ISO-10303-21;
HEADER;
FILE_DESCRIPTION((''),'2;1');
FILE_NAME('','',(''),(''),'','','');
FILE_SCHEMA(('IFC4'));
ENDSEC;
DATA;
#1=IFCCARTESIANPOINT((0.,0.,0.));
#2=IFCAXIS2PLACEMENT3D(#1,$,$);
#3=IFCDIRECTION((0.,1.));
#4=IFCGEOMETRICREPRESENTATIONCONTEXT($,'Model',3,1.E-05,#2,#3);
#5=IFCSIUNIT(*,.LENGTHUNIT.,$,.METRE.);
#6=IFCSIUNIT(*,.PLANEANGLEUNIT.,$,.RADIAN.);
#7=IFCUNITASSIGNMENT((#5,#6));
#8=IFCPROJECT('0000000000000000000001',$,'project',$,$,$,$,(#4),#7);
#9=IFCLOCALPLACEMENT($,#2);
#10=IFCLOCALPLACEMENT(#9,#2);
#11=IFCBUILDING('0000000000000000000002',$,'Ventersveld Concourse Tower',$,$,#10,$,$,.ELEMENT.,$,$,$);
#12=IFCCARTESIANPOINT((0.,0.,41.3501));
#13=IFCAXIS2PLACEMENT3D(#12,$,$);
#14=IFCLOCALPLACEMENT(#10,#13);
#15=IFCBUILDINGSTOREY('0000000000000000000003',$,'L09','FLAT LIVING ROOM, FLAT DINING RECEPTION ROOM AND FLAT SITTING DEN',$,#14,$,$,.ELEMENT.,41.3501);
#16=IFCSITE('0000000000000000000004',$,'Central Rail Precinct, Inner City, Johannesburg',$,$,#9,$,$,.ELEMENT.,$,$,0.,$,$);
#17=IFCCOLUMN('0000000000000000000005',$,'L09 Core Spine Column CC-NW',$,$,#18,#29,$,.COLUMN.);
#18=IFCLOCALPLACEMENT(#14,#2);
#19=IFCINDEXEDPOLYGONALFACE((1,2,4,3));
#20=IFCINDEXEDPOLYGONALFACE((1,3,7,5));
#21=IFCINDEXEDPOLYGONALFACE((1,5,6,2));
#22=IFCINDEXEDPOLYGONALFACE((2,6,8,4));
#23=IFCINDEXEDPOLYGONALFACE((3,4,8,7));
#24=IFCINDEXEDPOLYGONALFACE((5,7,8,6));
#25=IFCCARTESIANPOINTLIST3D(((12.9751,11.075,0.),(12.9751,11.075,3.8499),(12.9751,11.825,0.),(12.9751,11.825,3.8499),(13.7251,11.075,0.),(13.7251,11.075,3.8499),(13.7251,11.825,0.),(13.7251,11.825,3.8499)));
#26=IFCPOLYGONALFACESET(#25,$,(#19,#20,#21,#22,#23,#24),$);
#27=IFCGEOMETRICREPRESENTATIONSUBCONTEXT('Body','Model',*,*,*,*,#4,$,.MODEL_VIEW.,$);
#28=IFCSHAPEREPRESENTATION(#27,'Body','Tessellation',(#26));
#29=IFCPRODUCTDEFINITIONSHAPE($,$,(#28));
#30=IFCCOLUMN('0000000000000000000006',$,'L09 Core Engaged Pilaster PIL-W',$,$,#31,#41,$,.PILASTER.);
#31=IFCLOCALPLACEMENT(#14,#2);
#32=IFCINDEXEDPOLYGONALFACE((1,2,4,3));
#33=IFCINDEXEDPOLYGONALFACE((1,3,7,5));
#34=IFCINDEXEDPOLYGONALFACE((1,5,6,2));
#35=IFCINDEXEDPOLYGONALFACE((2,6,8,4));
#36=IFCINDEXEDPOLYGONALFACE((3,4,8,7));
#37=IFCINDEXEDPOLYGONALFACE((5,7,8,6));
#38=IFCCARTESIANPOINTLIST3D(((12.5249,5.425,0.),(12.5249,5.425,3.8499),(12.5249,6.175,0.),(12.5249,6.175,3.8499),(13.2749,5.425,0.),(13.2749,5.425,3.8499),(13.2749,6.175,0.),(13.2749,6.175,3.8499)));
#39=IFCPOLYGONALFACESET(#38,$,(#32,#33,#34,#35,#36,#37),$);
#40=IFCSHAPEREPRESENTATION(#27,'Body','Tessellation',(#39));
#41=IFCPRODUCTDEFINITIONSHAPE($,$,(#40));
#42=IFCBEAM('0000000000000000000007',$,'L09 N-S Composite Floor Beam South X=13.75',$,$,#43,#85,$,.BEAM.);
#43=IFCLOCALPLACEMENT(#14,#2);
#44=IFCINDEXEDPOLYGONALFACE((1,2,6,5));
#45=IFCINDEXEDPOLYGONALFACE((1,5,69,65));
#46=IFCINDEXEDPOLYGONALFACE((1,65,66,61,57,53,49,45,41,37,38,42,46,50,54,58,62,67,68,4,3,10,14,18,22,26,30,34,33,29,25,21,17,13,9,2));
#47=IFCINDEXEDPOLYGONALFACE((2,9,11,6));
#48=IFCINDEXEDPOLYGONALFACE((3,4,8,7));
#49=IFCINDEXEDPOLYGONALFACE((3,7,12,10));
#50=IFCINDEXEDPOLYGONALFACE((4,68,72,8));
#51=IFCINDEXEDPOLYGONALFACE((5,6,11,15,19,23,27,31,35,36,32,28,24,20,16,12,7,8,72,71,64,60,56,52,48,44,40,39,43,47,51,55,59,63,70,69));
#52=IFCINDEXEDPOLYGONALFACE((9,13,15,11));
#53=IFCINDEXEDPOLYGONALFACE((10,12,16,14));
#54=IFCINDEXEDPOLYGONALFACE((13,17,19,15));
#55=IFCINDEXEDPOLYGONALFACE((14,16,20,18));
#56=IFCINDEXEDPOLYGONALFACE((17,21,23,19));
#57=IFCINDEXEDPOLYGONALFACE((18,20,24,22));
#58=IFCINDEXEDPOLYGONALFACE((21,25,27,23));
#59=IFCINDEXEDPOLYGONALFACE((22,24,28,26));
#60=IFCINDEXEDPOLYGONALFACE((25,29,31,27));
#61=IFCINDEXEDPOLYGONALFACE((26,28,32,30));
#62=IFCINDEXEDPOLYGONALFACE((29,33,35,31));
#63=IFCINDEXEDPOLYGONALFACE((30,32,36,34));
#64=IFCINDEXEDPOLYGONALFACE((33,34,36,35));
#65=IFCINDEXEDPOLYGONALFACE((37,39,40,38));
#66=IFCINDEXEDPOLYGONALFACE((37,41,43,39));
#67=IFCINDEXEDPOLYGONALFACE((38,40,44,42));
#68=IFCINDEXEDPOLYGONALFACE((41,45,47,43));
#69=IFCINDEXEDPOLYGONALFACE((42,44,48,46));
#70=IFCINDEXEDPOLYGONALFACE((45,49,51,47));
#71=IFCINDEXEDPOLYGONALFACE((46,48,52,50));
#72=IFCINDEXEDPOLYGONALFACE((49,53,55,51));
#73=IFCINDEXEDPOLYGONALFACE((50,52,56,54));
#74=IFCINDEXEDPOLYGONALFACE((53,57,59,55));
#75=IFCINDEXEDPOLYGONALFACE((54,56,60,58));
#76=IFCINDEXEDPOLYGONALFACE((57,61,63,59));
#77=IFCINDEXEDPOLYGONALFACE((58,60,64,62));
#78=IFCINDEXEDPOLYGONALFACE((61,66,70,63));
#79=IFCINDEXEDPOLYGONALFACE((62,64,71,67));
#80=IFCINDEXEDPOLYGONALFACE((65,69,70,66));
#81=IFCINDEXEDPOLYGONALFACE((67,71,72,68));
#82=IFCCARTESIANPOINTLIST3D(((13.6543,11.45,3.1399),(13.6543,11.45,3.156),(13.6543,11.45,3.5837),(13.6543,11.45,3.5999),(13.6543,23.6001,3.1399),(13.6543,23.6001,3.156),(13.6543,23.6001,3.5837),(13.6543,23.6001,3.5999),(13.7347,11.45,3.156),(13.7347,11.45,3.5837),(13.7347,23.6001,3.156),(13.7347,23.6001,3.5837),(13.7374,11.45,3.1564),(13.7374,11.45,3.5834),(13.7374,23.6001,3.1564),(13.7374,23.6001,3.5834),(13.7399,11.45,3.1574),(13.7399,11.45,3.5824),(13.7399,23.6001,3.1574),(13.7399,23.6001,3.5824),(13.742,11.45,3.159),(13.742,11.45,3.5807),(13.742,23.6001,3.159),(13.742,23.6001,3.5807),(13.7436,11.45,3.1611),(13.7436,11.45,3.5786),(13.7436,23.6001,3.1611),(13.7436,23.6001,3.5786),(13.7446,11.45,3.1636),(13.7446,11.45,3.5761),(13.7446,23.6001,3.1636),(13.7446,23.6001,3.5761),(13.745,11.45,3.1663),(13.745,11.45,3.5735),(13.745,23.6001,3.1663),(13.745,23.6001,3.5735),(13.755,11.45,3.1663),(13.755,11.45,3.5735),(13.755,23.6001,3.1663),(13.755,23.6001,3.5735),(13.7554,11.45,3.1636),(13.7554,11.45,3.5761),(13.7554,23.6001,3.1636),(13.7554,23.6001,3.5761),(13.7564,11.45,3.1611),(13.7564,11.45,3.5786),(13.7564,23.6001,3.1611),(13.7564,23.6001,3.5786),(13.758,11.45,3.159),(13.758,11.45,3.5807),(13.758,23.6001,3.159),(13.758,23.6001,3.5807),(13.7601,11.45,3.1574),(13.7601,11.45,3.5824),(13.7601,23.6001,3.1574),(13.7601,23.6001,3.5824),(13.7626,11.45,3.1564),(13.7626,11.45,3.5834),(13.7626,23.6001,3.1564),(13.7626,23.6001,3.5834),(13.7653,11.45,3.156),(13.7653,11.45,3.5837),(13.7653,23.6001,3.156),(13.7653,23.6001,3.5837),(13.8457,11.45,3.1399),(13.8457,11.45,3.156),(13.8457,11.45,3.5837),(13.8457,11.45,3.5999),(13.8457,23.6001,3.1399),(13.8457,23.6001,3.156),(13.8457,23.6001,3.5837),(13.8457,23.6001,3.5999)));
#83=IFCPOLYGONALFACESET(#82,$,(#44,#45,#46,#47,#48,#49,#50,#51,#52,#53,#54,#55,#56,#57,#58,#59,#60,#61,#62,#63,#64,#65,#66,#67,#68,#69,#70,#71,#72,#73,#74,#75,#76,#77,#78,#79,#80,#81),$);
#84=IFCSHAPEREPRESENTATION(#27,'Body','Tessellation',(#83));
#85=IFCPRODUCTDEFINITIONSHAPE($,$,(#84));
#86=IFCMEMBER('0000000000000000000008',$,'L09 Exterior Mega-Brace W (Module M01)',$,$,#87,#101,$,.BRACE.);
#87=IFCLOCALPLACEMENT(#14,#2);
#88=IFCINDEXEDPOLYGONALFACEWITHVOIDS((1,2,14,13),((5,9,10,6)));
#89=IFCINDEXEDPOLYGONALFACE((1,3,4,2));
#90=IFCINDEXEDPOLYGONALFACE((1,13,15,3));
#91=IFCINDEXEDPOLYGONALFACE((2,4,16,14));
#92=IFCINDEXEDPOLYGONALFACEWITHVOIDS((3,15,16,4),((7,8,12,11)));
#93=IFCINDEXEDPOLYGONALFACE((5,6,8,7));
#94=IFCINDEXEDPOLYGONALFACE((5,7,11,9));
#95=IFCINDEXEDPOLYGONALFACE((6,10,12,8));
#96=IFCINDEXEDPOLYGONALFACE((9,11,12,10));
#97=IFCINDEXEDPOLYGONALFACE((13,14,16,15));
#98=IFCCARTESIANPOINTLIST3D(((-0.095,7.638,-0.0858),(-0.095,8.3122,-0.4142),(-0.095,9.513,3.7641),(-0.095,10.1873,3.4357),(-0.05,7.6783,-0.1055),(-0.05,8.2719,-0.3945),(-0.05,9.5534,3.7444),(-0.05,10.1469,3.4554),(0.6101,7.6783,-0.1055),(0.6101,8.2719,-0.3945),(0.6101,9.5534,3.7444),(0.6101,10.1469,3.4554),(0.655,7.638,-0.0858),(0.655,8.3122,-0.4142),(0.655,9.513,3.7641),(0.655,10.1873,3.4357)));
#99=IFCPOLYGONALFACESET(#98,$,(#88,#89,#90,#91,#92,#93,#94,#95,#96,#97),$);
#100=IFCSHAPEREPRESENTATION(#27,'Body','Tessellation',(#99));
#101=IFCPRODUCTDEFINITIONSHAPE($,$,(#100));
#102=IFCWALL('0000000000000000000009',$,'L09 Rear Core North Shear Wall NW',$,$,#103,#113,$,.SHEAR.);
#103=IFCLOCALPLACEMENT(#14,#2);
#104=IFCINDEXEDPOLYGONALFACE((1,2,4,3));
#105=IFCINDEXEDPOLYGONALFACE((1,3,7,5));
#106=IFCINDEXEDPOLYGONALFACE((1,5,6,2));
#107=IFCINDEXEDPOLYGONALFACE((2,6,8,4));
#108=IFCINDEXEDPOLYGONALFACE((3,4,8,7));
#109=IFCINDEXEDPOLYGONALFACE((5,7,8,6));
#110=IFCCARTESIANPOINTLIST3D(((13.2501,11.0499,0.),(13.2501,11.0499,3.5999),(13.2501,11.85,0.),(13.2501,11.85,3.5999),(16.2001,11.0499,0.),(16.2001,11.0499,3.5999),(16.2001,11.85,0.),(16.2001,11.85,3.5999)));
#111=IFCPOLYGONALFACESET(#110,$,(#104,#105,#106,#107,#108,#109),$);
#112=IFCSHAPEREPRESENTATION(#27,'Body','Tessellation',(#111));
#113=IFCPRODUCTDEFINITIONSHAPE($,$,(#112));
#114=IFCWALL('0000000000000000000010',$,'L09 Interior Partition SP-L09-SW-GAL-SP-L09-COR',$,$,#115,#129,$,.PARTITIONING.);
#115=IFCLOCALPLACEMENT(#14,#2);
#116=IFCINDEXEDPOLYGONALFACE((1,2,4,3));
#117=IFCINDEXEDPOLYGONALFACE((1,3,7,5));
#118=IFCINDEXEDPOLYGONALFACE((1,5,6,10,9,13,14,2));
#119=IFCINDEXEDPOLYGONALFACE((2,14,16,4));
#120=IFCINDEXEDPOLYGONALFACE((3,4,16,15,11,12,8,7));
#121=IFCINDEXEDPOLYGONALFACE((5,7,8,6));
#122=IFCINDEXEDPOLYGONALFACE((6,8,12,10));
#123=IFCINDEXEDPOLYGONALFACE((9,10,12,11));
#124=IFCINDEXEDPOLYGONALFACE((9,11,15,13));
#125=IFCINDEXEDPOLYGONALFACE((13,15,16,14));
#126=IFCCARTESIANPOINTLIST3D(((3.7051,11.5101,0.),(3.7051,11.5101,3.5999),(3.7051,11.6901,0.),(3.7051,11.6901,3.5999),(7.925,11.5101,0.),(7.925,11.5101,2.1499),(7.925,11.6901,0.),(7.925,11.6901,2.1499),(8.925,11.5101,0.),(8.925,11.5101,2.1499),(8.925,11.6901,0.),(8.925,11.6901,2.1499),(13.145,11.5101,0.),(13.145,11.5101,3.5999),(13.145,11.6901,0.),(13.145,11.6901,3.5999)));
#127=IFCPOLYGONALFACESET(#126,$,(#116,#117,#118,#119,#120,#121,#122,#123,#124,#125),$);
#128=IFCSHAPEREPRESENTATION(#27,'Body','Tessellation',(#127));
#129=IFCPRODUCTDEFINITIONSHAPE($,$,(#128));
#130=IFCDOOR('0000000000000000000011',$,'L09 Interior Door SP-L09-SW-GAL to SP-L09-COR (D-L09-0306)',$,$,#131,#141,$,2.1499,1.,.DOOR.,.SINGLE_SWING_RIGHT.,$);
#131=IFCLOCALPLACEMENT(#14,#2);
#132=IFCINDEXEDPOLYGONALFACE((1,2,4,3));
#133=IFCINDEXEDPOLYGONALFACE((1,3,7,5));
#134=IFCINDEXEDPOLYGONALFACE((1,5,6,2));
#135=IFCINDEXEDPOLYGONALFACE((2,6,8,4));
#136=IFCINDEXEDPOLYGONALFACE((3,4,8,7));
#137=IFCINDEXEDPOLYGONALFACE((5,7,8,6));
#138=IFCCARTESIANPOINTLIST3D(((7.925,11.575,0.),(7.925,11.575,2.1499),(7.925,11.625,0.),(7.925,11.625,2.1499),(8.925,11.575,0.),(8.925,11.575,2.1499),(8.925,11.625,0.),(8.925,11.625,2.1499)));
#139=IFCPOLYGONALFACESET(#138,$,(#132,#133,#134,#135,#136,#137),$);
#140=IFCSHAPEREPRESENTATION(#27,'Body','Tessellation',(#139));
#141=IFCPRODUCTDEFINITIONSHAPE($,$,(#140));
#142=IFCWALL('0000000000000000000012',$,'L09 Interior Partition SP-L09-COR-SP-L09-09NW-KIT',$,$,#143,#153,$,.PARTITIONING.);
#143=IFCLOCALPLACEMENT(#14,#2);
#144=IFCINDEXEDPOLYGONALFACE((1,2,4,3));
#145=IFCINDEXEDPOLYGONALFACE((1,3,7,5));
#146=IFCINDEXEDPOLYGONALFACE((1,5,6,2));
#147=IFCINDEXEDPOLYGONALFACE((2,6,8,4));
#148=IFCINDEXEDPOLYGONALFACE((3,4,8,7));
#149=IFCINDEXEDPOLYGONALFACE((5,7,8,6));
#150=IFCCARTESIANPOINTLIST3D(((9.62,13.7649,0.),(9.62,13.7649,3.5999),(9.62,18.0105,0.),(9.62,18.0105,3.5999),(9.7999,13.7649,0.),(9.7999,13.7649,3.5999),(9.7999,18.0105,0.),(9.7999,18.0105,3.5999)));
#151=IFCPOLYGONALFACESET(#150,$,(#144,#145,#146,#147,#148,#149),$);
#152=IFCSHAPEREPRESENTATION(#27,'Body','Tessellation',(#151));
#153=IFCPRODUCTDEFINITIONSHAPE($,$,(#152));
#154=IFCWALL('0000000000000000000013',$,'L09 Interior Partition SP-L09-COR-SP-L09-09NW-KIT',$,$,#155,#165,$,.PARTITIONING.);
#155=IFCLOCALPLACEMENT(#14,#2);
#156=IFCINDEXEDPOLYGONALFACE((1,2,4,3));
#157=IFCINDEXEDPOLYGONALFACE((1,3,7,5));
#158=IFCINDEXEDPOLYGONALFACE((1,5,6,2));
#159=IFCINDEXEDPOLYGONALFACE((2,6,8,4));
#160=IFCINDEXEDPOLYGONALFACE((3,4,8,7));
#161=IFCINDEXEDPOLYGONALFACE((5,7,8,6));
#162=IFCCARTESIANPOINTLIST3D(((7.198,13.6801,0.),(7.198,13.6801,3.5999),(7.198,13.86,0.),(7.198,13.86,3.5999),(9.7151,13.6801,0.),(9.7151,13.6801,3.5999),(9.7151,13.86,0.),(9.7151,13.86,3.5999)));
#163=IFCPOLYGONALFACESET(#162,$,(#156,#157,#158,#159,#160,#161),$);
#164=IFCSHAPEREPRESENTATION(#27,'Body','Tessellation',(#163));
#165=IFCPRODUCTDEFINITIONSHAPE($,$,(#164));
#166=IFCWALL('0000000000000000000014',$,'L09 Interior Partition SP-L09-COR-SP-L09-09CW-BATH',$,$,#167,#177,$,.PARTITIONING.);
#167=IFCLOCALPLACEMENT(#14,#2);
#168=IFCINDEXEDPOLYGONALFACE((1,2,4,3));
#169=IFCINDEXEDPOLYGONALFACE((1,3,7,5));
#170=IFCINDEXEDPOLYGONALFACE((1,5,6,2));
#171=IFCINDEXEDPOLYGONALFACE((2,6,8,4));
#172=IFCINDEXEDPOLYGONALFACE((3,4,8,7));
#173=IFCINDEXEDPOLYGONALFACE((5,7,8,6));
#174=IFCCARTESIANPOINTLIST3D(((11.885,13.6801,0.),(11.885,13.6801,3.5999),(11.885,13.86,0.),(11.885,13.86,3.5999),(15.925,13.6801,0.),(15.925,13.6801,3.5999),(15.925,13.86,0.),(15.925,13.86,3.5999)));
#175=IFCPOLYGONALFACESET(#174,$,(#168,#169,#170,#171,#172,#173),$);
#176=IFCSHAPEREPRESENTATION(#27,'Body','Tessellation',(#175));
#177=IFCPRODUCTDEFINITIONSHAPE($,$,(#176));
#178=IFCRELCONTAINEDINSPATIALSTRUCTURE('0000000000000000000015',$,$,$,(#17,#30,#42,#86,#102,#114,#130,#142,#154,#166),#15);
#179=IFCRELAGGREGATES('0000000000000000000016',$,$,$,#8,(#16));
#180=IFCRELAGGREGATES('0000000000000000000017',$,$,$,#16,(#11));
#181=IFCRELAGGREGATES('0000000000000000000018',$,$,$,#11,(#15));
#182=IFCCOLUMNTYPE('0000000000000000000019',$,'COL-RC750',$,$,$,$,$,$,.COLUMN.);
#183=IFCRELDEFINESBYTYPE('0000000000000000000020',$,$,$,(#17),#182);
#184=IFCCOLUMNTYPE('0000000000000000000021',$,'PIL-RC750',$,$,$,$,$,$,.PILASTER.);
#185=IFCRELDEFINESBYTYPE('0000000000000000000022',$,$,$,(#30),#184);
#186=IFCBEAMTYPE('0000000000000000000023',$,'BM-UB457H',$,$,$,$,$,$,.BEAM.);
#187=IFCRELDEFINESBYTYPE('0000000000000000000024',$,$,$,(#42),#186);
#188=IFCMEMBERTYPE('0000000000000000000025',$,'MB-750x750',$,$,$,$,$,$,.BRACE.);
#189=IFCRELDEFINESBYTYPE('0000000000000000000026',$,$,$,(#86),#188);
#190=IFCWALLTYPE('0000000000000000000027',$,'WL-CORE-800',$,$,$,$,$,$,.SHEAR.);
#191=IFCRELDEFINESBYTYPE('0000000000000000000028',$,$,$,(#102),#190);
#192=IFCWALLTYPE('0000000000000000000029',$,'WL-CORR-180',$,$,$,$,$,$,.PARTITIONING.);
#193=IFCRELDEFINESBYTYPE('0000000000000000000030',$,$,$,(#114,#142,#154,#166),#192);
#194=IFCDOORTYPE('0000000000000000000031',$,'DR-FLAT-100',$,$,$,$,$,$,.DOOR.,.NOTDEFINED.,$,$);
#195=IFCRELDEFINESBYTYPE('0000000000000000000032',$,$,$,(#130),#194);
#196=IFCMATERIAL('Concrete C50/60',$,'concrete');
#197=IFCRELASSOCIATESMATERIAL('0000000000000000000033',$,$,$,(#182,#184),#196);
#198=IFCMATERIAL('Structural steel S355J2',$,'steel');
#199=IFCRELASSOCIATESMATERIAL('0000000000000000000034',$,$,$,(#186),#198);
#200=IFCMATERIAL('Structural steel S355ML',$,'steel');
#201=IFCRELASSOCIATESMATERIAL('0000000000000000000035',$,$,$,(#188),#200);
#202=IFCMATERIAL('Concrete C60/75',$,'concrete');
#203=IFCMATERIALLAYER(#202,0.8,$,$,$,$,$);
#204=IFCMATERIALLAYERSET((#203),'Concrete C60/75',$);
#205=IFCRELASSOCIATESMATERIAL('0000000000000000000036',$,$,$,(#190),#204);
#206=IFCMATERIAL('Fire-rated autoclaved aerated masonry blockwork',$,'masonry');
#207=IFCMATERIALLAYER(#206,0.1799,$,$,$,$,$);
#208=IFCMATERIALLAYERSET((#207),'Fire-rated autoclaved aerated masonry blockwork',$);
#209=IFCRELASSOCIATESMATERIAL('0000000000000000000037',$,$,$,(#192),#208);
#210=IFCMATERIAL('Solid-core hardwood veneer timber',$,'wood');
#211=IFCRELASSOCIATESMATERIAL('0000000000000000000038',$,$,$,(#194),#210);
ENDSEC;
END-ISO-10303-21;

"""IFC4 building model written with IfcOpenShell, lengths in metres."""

from ifc_helpers import new_model, si_unit, direction, frame, frame_2d, origin, origin_2d, place, context, subcontext, project, spatial, rectangle, hollow_rectangle, i_section, extrude, material, layer, layer_set, material_profile, profile_set, type_object, element, fill, save


model = new_model("IFC4")

# Units and contexts
model_context = context("Model", 3, precision=1e-05, world=origin(), true_north=direction((0.0, 1.0)))
body_context = subcontext(model_context, "Body", "Model", "MODEL_VIEW")
ifc_project = project(units=[si_unit("LENGTHUNIT", "METRE"), si_unit("PLANEANGLEUNIT", "RADIAN")], contexts=[model_context])

# Site, building, storey
site_placement = place(None, origin())
site = spatial("IfcSite", under=ifc_project, at=site_placement, Name="Central Rail Precinct, Inner City, Johannesburg", CompositionType="ELEMENT", RefElevation=0.0)
building_placement = place(site_placement, origin())
building = spatial("IfcBuilding", under=site, at=building_placement, Name="Ventersveld Concourse Tower", CompositionType="ELEMENT")
storey_placement = place(building_placement, frame((0.0, 0.0, 41.3501)))
storey = spatial("IfcBuildingStorey", under=building, at=storey_placement, Name="L09", Description="FLAT LIVING ROOM, FLAT DINING RECEPTION ROOM AND FLAT SITTING DEN", CompositionType="ELEMENT", Elevation=41.3501)

# Columns
ifc_material_1 = material(Name="Concrete C50/60", Category="concrete")
ifc_material_profile_1 = material_profile(ifc_material_1, rectangle(XDim=0.75, YDim=0.75, at=origin_2d()), Name="RC 750x750")
ifc_profile_set_1 = profile_set([ifc_material_profile_1], Name="Concrete C50/60")
column_type_1 = type_object("IfcColumnType", Name="COL-RC750", PredefinedType="COLUMN", material=ifc_profile_set_1)
column_1_placement = place(storey_placement, frame((13.3501, 11.45, 0.0), z_axis=(0.0, 0.0, 1.0), x_axis=(1.0, 0.0, 0.0)))
element("IfcColumn", 1, at=column_1_placement, inside=storey, type_object=column_type_1, Name="L09 Core Spine Column CC-NW", PredefinedType="COLUMN", context=body_context, shape_type="SweptSolid", body=[
    extrude(rectangle(XDim=0.75, YDim=0.75, at=origin_2d()), origin(), (0.0, 0.0, 1.0), 3.8499),
])
ifc_material_profile_2 = material_profile(ifc_material_1, rectangle(XDim=0.75, YDim=0.75, at=origin_2d()), Name="RC 750x750")
ifc_profile_set_2 = profile_set([ifc_material_profile_2], Name="Concrete C50/60")
column_type_2 = type_object("IfcColumnType", Name="PIL-RC750", PredefinedType="PILASTER", material=ifc_profile_set_2)
column_2_placement = place(storey_placement, frame((12.8999, 5.8, 0.0), z_axis=(0.0, 0.0, 1.0), x_axis=(1.0, 0.0, 0.0)))
element("IfcColumn", 2, at=column_2_placement, inside=storey, type_object=column_type_2, Name="L09 Core Engaged Pilaster PIL-W", PredefinedType="PILASTER", context=body_context, shape_type="SweptSolid", body=[
    extrude(rectangle(XDim=0.75, YDim=0.75, at=origin_2d()), origin(), (0.0, 0.0, 1.0), 3.8499),
])

# Beam
ifc_material_2 = material(Name="Structural steel S355J2", Category="steel")
ifc_material_profile_3 = material_profile(ifc_material_2, i_section(OverallWidth=0.1914, OverallDepth=0.46, WebThickness=0.01, FlangeThickness=0.0161, FilletRadius=0.0103, at=origin_2d()), Name="UB 457x191x82")
ifc_profile_set_3 = profile_set([ifc_material_profile_3], Name="Structural steel S355J2")
beam_type = type_object("IfcBeamType", Name="BM-UB457H", PredefinedType="BEAM", material=ifc_profile_set_3)
beam_placement = place(storey_placement, frame((13.75, 11.45, 3.3699), z_axis=(0.0, 1.0, 0.0), x_axis=(-1.0, 0.0, 0.0)))
element("IfcBeam", 3, at=beam_placement, inside=storey, type_object=beam_type, Name="L09 N-S Composite Floor Beam South X=13.75", PredefinedType="BEAM", context=body_context, shape_type="SweptSolid", body=[
    extrude(i_section(OverallWidth=0.1914, OverallDepth=0.46, WebThickness=0.01, FlangeThickness=0.0161, FilletRadius=0.0103, at=origin_2d()), origin(), (0.0, 0.0, 1.0), 12.1501),
])

# Member
ifc_material_3 = material(Name="Structural steel S355ML", Category="steel")
ifc_material_profile_4 = material_profile(ifc_material_3, hollow_rectangle(XDim=0.75, YDim=0.75, WallThickness=0.0449, at=origin_2d()), Name="BOX 750x750x45")
ifc_profile_set_4 = profile_set([ifc_material_profile_4], Name="Structural steel S355ML")
member_type = type_object("IfcMemberType", Name="MB-750x750", PredefinedType="BRACE", material=ifc_profile_set_4)
member_placement = place(storey_placement, frame((0.28, 7.9751, -0.25), z_axis=(0.0, 0.437862, 0.899042), x_axis=(-1.0, 0.0, 0.0)))
element("IfcMember", 4, at=member_placement, inside=storey, type_object=member_type, Name="L09 Exterior Mega-Brace W (Module M01)", PredefinedType="BRACE", context=body_context, shape_type="SweptSolid", body=[
    extrude(hollow_rectangle(XDim=0.75, YDim=0.75, WallThickness=0.0449, at=origin_2d()), origin(), (0.0, 0.0, 1.0), 4.2822),
])

# Wall
ifc_material_4 = material(Name="Concrete C60/75", Category="concrete")
ifc_layer_1 = layer(ifc_material_4, 0.8)
ifc_layer_set_1 = layer_set([ifc_layer_1], Name="Concrete C60/75")
wall_type_1 = type_object("IfcWallType", Name="WL-CORE-800", PredefinedType="SHEAR", material=ifc_layer_set_1)
wall_1_placement = place(storey_placement, frame((13.25, 11.45, 0.0), z_axis=(0.0, 0.0, 1.0), x_axis=(1.0, 0.0, 0.0)))
element("IfcWall", 5, at=wall_1_placement, inside=storey, type_object=wall_type_1, Name="L09 Rear Core North Shear Wall NW", PredefinedType="SHEAR", context=body_context, shape_type="SweptSolid", body=[
    extrude(rectangle(XDim=2.95, YDim=0.8, at=frame_2d((1.4751, 0.0))), origin(), (0.0, 0.0, 1.0), 3.5999),
])

# Wall, opening, door
ifc_material_5 = material(Name="Fire-rated autoclaved aerated masonry blockwork", Category="masonry")
ifc_layer_2 = layer(ifc_material_5, 0.1799)
ifc_layer_set_2 = layer_set([ifc_layer_2], Name="Fire-rated autoclaved aerated masonry blockwork")
wall_type_2 = type_object("IfcWallType", Name="WL-CORR-180", PredefinedType="PARTITIONING", material=ifc_layer_set_2)
wall_2_placement = place(storey_placement, frame((3.7051, 11.6001, 0.0), z_axis=(0.0, 0.0, 1.0), x_axis=(1.0, 0.0, 0.0)))
wall_2 = element("IfcWall", 6, at=wall_2_placement, inside=storey, type_object=wall_type_2, Name="L09 Interior Partition SP-L09-SW-GAL-SP-L09-COR", PredefinedType="PARTITIONING", context=body_context, shape_type="SweptSolid", body=[
    extrude(rectangle(XDim=9.4399, YDim=0.1799, at=frame_2d((4.72, 0.0))), origin(), (0.0, 0.0, 1.0), 3.5999),
])
opening_1_placement = place(wall_2_placement, frame((4.22, 0.0, 0.0)))
opening_1 = element("IfcOpeningElement", 7, at=opening_1_placement, cuts=wall_2, PredefinedType="OPENING", context=body_context, shape_type="SweptSolid", body=[
    extrude(rectangle(XDim=1.0, YDim=2.1499, at=frame_2d((0.5, 1.075))), frame((0.0, 0.1001, 0.0), z_axis=(0.0, -1.0, 0.0), x_axis=(1.0, 0.0, 0.0)), (0.0, 0.0, 1.0), 0.2),
])
ifc_material_6 = material(Name="Solid-core hardwood veneer timber", Category="wood")
door_type_1 = type_object("IfcDoorType", Name="DR-FLAT-100", OperationType="NOTDEFINED", PredefinedType="DOOR", material=ifc_material_6)
door_1_placement = place(opening_1_placement, origin())
door_1 = element("IfcDoor", 8, at=door_1_placement, inside=storey, type_object=door_type_1, Name="L09 Interior Door SP-L09-SW-GAL to SP-L09-COR (D-L09-0306)", OperationType="SINGLE_SWING_RIGHT", OverallHeight=2.1499, OverallWidth=1.0, PredefinedType="DOOR", context=body_context, shape_type="SweptSolid", body=[
    extrude(rectangle(XDim=1.0, YDim=2.1499, at=frame_2d((0.5, 1.075))), frame((0.0, 0.0249, 0.0), z_axis=(0.0, -1.0, 0.0), x_axis=(1.0, 0.0, 0.0)), (0.0, 0.0, 1.0), 0.05),
])
fill(opening_1, door_1)

# Walls
wall_3_placement = place(storey_placement, frame((9.71, 13.7649, 0.0), z_axis=(0.0, 0.0, 1.0), x_axis=(0.0, 1.0, 0.0)))
element("IfcWall", 9, at=wall_3_placement, inside=storey, type_object=wall_type_2, Name="L09 Interior Partition SP-L09-COR-SP-L09-09NW-KIT", PredefinedType="PARTITIONING", context=body_context, shape_type="SweptSolid", body=[
    extrude(rectangle(XDim=4.2456, YDim=0.1799, at=frame_2d((2.1228, 0.0))), origin(), (0.0, 0.0, 1.0), 3.5999),
])
wall_4_placement = place(storey_placement, frame((7.198, 13.77, 0.0), z_axis=(0.0, 0.0, 1.0), x_axis=(1.0, 0.0, 0.0)))
element("IfcWall", 10, at=wall_4_placement, inside=storey, type_object=wall_type_2, Name="L09 Interior Partition SP-L09-COR-SP-L09-09NW-KIT", PredefinedType="PARTITIONING", context=body_context, shape_type="SweptSolid", body=[
    extrude(rectangle(XDim=2.5171, YDim=0.1799, at=frame_2d((1.2585, 0.0))), origin(), (0.0, 0.0, 1.0), 3.5999),
])
wall_5_placement = place(storey_placement, frame((11.885, 13.77, 0.0), z_axis=(0.0, 0.0, 1.0), x_axis=(1.0, 0.0, 0.0)))
element("IfcWall", 11, at=wall_5_placement, inside=storey, type_object=wall_type_2, Name="L09 Interior Partition SP-L09-COR-SP-L09-09CW-BATH", PredefinedType="PARTITIONING", context=body_context, shape_type="SweptSolid", body=[
    extrude(rectangle(XDim=4.04, YDim=0.1799, at=frame_2d((2.02, 0.0))), origin(), (0.0, 0.0, 1.0), 3.5999),
])

save(model, "model.ifc")
